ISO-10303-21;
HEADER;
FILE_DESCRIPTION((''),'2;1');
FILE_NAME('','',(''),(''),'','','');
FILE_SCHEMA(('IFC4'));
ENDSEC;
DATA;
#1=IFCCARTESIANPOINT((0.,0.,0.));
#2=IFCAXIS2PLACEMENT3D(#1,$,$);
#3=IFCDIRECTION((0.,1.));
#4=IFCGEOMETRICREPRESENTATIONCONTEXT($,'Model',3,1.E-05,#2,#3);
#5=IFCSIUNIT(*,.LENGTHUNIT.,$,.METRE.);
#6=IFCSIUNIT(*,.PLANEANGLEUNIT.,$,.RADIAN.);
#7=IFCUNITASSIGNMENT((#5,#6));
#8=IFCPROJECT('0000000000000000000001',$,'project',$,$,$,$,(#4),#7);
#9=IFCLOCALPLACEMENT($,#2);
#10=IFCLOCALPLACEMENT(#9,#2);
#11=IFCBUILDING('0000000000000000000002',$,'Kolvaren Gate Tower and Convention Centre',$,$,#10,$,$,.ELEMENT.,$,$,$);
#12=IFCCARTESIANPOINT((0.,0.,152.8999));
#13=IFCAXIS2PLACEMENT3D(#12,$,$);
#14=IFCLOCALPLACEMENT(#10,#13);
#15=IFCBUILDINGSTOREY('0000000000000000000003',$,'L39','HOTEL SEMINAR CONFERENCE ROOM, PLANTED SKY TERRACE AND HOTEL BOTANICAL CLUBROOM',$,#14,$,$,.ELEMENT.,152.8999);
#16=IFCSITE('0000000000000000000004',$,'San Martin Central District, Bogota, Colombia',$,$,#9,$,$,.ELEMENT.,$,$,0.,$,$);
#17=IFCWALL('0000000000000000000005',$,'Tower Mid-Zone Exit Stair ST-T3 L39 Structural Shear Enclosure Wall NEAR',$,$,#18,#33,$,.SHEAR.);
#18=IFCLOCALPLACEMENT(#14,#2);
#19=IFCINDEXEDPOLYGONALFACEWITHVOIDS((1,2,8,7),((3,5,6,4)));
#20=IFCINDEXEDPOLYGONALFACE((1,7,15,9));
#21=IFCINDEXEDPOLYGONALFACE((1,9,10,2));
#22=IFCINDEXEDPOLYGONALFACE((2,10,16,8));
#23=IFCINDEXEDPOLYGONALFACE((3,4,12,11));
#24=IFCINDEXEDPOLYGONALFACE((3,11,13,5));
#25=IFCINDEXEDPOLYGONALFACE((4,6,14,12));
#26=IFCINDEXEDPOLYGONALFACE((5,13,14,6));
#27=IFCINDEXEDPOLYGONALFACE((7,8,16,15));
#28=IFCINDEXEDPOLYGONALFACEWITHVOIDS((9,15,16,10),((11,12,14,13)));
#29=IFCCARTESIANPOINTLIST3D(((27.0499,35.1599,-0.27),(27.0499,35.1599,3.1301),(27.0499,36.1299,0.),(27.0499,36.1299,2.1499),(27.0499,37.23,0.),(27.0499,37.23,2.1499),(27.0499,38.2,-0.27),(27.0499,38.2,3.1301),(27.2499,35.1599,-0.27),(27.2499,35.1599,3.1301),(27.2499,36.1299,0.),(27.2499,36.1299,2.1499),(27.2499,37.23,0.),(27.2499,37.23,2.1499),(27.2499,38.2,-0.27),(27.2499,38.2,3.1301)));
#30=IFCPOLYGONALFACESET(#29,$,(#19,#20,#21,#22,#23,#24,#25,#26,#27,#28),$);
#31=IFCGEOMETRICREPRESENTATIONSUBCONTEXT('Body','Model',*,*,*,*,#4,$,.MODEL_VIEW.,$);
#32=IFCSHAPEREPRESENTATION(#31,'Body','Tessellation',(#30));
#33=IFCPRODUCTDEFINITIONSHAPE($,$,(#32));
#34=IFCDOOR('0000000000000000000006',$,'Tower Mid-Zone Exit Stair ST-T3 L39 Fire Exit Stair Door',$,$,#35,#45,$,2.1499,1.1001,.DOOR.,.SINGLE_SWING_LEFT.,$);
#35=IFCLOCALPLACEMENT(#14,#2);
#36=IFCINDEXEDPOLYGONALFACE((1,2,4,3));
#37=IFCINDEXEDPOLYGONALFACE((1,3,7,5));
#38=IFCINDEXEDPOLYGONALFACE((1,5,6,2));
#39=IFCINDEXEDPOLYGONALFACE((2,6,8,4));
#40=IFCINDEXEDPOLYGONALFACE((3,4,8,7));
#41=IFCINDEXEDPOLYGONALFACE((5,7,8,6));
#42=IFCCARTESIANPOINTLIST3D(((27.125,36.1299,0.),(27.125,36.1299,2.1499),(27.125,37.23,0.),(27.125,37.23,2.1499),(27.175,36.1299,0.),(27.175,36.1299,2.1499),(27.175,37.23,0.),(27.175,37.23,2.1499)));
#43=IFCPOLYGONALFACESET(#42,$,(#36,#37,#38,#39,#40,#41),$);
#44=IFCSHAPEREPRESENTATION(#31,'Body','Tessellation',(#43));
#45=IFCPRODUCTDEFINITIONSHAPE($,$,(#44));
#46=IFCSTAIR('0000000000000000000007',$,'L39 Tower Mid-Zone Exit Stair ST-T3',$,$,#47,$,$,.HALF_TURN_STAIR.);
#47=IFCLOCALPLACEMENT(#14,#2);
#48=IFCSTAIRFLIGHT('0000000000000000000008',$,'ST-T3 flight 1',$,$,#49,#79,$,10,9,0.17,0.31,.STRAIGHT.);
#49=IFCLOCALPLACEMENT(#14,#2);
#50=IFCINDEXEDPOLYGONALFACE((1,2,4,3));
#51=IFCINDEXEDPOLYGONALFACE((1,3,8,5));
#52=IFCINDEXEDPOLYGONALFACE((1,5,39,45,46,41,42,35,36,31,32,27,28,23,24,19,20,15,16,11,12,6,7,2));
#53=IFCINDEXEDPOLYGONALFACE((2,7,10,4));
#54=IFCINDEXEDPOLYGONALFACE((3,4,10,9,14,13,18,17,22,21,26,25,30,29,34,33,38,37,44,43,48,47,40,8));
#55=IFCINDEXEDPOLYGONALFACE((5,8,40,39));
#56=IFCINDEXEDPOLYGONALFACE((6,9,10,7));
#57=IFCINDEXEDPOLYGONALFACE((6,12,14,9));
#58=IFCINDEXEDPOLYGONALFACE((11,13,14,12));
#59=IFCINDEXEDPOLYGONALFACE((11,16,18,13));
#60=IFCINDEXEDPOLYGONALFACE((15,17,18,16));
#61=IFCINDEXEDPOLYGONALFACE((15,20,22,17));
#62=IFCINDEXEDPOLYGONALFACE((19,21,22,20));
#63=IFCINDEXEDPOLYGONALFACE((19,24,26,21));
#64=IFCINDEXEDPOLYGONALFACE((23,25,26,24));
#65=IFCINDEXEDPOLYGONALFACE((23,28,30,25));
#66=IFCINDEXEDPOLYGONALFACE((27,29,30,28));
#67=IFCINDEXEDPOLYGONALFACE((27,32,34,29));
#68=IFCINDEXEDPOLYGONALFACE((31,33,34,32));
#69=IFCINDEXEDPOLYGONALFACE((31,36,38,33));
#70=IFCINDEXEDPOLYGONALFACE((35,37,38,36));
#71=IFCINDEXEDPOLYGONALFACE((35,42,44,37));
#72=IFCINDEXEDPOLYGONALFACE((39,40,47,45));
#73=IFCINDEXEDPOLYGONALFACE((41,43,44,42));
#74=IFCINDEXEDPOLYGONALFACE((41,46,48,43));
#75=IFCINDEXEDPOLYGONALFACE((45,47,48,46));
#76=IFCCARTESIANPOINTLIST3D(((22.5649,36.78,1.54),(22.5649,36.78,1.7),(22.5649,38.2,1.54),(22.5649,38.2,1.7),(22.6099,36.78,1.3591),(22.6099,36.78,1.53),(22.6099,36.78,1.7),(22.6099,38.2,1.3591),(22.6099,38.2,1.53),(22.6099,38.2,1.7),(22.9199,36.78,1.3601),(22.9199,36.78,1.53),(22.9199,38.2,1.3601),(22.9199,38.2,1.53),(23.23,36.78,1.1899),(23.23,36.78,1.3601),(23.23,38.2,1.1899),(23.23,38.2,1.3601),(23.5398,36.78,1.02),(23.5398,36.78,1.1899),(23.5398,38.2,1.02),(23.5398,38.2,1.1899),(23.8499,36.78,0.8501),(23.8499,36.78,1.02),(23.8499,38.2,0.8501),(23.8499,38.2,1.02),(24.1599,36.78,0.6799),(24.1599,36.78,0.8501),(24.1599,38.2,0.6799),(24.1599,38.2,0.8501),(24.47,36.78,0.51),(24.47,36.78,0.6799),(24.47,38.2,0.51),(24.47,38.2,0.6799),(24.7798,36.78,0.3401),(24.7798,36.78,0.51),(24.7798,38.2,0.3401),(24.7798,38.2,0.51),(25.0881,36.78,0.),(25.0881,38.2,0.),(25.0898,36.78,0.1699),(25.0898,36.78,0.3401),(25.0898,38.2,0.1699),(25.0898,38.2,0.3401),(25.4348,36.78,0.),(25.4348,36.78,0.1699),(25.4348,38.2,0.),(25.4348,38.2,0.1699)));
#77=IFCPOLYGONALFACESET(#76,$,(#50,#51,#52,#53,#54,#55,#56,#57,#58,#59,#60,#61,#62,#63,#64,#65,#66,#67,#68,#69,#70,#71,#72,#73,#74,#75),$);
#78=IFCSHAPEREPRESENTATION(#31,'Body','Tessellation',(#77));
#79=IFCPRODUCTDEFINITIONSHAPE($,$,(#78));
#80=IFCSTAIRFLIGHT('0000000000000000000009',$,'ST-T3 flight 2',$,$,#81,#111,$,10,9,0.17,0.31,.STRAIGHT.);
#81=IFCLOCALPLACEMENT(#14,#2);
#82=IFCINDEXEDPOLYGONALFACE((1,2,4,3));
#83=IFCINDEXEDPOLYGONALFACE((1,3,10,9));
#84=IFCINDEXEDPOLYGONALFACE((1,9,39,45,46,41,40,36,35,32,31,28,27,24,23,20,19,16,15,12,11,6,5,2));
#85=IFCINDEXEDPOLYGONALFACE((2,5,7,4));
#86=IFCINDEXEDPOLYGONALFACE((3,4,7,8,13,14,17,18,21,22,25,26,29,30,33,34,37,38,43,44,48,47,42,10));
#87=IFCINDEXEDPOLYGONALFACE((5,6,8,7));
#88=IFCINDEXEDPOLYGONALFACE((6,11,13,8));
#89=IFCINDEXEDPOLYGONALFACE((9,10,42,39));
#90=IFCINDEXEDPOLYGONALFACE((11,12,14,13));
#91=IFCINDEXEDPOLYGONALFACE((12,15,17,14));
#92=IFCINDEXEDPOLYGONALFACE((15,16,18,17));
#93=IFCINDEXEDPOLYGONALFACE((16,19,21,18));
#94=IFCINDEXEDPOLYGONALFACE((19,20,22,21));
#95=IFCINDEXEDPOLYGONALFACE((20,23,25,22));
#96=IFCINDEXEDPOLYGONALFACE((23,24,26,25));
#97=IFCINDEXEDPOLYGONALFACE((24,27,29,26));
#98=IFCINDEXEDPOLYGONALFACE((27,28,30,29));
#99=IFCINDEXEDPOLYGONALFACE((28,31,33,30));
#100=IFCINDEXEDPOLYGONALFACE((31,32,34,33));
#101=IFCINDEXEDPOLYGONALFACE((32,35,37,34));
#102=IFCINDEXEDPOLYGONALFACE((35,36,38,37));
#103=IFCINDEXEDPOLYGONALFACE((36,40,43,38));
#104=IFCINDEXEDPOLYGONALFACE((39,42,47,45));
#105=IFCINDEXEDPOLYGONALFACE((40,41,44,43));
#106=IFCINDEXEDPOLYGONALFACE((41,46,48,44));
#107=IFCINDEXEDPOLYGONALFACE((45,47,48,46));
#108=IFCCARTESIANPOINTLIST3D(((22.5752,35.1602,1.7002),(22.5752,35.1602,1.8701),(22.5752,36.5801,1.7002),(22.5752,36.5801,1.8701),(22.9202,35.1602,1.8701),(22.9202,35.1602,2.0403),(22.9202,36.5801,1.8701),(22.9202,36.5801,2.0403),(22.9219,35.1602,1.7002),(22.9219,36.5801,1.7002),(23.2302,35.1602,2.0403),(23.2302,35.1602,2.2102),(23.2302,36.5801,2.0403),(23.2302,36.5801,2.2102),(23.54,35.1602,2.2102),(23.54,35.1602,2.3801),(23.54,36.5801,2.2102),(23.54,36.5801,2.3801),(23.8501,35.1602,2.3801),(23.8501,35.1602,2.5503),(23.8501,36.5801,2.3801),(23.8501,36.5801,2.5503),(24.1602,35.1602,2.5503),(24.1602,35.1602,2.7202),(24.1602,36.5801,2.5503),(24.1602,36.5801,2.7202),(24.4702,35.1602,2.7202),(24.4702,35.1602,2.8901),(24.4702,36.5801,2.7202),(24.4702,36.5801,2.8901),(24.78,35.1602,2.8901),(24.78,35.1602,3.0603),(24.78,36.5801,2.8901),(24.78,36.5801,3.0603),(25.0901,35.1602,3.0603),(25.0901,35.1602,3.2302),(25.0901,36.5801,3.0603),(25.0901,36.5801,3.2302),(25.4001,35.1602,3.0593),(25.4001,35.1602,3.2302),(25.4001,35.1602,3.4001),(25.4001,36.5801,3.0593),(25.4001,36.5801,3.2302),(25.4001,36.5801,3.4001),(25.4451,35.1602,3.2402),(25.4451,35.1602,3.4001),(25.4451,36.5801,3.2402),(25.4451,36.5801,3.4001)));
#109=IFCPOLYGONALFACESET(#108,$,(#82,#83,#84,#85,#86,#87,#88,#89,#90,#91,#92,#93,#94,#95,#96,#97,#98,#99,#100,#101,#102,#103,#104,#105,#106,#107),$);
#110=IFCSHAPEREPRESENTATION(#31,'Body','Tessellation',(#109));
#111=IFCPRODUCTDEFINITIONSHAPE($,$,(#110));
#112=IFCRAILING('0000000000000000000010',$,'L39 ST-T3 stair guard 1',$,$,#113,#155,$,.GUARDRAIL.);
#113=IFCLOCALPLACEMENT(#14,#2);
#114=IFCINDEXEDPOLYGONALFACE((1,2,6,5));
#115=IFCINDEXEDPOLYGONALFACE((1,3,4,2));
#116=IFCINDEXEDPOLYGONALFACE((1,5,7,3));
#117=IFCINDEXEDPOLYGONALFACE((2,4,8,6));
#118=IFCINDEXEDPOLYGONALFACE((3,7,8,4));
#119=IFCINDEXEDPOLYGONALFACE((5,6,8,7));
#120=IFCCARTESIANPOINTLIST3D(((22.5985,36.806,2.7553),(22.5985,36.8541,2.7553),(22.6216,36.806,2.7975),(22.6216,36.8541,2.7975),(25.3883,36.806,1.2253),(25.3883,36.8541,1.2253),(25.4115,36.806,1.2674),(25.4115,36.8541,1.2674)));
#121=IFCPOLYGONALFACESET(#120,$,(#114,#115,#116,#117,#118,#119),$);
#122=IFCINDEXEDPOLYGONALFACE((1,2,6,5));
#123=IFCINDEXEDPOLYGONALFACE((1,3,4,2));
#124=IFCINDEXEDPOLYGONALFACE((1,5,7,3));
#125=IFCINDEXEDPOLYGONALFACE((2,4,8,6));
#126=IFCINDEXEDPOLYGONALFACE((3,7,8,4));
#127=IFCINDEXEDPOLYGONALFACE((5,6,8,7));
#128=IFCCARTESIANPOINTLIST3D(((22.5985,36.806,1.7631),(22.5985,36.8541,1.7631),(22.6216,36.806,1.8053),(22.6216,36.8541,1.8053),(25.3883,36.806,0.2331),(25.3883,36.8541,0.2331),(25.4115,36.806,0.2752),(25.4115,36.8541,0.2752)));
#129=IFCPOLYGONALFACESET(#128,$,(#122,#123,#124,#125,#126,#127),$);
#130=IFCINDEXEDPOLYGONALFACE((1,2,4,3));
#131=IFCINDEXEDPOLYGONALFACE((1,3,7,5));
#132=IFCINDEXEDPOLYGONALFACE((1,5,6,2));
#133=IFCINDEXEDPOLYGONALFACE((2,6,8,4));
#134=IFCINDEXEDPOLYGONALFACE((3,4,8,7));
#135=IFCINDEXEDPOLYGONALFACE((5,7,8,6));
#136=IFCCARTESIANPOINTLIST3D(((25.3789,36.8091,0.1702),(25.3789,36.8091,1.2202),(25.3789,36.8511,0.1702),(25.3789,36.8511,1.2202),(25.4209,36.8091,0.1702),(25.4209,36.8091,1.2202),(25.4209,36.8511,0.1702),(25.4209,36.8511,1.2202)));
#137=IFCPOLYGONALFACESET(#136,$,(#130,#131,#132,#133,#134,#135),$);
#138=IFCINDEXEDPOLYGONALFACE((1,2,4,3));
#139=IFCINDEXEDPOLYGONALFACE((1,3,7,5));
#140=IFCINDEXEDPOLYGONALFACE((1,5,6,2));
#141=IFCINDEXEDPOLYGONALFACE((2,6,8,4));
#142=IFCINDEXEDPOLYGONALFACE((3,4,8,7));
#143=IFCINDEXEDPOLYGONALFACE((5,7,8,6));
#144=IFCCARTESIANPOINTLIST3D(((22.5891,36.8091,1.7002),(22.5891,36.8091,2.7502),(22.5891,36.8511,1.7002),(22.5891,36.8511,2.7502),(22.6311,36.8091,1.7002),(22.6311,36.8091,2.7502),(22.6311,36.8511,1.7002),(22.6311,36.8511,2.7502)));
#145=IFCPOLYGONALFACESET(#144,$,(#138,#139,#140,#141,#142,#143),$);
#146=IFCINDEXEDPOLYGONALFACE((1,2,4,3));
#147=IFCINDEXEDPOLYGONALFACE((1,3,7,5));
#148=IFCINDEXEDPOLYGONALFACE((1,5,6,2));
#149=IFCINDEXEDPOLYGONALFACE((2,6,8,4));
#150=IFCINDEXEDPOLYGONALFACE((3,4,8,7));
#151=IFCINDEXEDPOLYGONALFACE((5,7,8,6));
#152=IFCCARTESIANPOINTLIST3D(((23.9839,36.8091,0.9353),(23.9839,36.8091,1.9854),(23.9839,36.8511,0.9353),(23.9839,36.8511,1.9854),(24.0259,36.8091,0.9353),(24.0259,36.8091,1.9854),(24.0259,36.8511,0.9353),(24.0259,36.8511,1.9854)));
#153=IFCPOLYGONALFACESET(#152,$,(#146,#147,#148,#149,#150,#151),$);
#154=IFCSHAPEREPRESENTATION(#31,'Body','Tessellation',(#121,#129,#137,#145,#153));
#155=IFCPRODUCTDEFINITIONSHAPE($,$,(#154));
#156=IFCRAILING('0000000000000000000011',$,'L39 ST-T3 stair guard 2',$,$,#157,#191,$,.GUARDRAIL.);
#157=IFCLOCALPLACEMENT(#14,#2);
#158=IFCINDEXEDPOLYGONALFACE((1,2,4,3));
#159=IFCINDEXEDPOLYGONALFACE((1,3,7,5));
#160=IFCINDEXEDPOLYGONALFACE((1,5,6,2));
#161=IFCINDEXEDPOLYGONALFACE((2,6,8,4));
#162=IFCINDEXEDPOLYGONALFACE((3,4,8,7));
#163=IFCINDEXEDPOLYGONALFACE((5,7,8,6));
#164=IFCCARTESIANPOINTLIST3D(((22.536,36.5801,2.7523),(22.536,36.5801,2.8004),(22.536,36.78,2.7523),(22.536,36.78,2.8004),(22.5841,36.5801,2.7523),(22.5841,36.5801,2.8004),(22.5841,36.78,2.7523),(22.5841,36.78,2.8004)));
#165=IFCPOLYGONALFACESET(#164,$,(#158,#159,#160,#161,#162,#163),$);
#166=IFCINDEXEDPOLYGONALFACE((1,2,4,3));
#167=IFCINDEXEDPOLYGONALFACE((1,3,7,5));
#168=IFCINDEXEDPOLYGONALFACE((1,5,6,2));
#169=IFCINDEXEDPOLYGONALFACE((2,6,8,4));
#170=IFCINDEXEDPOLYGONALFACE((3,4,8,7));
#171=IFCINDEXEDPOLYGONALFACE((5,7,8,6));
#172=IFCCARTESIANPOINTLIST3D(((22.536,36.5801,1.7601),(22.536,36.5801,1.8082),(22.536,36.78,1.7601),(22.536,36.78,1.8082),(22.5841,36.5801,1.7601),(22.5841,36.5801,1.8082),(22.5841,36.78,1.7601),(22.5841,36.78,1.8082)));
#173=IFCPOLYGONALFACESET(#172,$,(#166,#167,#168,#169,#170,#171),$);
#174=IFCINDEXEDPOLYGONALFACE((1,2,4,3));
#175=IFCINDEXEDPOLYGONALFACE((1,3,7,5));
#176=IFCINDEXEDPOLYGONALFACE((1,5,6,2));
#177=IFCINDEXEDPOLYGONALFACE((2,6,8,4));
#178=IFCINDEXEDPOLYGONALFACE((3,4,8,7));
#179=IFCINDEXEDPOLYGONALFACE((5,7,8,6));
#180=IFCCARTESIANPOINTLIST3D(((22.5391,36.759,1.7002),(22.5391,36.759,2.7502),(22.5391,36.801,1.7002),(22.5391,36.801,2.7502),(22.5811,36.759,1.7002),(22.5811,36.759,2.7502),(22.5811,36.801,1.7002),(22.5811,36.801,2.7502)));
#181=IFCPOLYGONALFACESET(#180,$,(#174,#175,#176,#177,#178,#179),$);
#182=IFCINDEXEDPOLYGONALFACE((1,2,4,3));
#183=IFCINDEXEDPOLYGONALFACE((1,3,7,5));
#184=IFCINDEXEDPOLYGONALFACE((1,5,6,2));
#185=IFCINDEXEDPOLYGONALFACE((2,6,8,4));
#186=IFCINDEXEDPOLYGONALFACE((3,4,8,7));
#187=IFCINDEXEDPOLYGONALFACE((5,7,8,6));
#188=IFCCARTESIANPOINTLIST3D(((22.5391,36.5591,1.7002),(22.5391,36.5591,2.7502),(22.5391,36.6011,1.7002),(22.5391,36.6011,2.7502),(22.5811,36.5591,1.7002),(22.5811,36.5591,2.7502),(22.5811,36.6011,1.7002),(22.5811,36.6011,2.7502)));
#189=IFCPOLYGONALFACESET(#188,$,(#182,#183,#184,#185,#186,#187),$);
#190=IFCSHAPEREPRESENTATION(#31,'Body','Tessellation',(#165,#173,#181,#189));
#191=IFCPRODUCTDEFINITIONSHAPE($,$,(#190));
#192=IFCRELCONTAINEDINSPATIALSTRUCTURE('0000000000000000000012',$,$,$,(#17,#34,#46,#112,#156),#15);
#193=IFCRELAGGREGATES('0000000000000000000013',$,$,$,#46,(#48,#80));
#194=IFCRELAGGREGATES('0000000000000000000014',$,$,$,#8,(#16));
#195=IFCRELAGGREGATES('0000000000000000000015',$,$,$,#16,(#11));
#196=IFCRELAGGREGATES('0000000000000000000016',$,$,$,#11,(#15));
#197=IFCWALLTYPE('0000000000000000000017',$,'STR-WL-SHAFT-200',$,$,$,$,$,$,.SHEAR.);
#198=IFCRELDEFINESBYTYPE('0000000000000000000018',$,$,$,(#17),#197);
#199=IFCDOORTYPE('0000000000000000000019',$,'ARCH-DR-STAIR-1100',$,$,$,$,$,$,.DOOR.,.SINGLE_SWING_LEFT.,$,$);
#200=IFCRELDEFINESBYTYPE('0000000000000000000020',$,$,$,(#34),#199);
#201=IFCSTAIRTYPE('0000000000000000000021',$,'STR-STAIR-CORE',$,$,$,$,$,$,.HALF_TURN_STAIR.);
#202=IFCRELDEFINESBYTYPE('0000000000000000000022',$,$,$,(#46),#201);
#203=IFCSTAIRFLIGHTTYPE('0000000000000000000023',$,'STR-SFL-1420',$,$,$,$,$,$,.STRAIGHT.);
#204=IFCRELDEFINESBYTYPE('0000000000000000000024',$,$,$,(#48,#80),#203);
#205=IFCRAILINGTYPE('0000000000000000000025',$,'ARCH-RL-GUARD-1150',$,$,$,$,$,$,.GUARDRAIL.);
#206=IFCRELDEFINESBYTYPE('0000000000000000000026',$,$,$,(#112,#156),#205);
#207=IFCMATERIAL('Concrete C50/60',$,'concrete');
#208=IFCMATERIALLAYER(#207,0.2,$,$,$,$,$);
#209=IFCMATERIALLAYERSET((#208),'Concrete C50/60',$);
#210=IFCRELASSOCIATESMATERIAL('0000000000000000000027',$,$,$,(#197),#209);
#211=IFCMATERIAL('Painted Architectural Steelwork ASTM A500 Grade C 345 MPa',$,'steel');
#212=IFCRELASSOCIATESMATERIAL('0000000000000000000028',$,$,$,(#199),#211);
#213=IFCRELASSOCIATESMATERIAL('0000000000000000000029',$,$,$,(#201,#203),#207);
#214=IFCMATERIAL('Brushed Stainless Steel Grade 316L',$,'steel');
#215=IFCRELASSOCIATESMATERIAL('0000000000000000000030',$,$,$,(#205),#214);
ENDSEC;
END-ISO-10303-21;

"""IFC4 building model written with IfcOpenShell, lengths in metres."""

from ifc_helpers import new_model, si_unit, direction, frame, frame_2d, origin, origin_2d, place, context, subcontext, project, spatial, polyline, rectangle, outline, extrude, material, layer, layer_set, type_object, element, fill, aggregate, save


model = new_model("IFC4")

# Units and contexts
model_context = context("Model", 3, precision=1e-05, world=origin(), true_north=direction((0.0, 1.0)))
body_context = subcontext(model_context, "Body", "Model", "MODEL_VIEW")
ifc_project = project(units=[si_unit("LENGTHUNIT", "METRE"), si_unit("PLANEANGLEUNIT", "RADIAN")], contexts=[model_context])

# Site, building, storey
site_placement = place(None, origin())
site = spatial("IfcSite", under=ifc_project, at=site_placement, Name="San Martin Central District, Bogota, Colombia", CompositionType="ELEMENT", RefElevation=0.0)
building_placement = place(site_placement, origin())
building = spatial("IfcBuilding", under=site, at=building_placement, Name="Kolvaren Gate Tower and Convention Centre", CompositionType="ELEMENT")
storey_placement = place(building_placement, frame((0.0, 0.0, 152.8999)))
storey = spatial("IfcBuildingStorey", under=building, at=storey_placement, Name="L39", Description="HOTEL SEMINAR CONFERENCE ROOM, PLANTED SKY TERRACE AND HOTEL BOTANICAL CLUBROOM", CompositionType="ELEMENT", Elevation=152.8999)

# Wall, opening, door
ifc_material_1 = material(Name="Concrete C50/60", Category="concrete")
ifc_layer_1 = layer(ifc_material_1, 0.2)
ifc_layer_set_1 = layer_set([ifc_layer_1], Name="Concrete C50/60")
wall_type_1 = type_object("IfcWallType", Name="STR-WL-SHAFT-200", PredefinedType="SHEAR", material=ifc_layer_set_1)
wall_1_placement = place(storey_placement, frame((27.1499, 35.1599, -0.27), z_axis=(0.0, 0.0, 1.0), x_axis=(0.0, 1.0, 0.0)))
wall_1 = element("IfcWall", 1, at=wall_1_placement, inside=storey, type_object=wall_type_1, Name="Tower Mid-Zone Exit Stair ST-T3 L39 Structural Shear Enclosure Wall NEAR", PredefinedType="SHEAR", context=body_context, shape_type="SweptSolid", body=[
    extrude(rectangle(XDim=3.04, YDim=0.2, at=frame_2d((1.52, 0.0))), origin(), (0.0, 0.0, 1.0), 3.4001),
])
opening_1_placement = place(wall_1_placement, frame((0.97, 0.0, 0.27)))
opening_1 = element("IfcOpeningElement", 2, at=opening_1_placement, cuts=wall_1, PredefinedType="OPENING", context=body_context, shape_type="SweptSolid", body=[
    extrude(rectangle(XDim=1.1001, YDim=2.1499, at=frame_2d((0.55, 1.075))), frame((0.0, 0.1099, 0.0), z_axis=(0.0, -1.0, 0.0), x_axis=(1.0, 0.0, 0.0)), (0.0, 0.0, 1.0), 0.22),
])
ifc_material_2 = material(Name="Painted Architectural Steelwork ASTM A500 Grade C 345 MPa", Category="steel")
door_type_1 = type_object("IfcDoorType", Name="ARCH-DR-STAIR-1100", OperationType="SINGLE_SWING_LEFT", PredefinedType="DOOR", material=ifc_material_2)
door_1_placement = place(opening_1_placement, origin())
door_1 = element("IfcDoor", 3, at=door_1_placement, inside=storey, type_object=door_type_1, Name="Tower Mid-Zone Exit Stair ST-T3 L39 Fire Exit Stair Door", OperationType="SINGLE_SWING_LEFT", OverallHeight=2.1499, OverallWidth=1.1001, PredefinedType="DOOR", context=body_context, shape_type="SweptSolid", body=[
    extrude(rectangle(XDim=1.1001, YDim=2.1499, at=frame_2d((0.55, 1.075))), frame((0.0, 0.0249, 0.0), z_axis=(0.0, -1.0, 0.0), x_axis=(1.0, 0.0, 0.0)), (0.0, 0.0, 1.0), 0.05),
])
fill(opening_1, door_1)

# Stair, stair flights
stair_type = type_object("IfcStairType", Name="STR-STAIR-CORE", PredefinedType="HALF_TURN_STAIR", material=ifc_material_1)
stair_placement = place(storey_placement, origin())
stair = element("IfcStair", 4, at=stair_placement, inside=storey, type_object=stair_type, Name="L39 Tower Mid-Zone Exit Stair ST-T3", PredefinedType="HALF_TURN_STAIR")
stair_flight_type = type_object("IfcStairFlightType", Name="STR-SFL-1420", PredefinedType="STRAIGHT", material=ifc_material_1)
stair_flight_1_placement = place(storey_placement, frame((25.3999, 37.49, 0.0), z_axis=(0.0, 0.0, 1.0), x_axis=(-1.0, 0.0, 0.0)))
stair_flight_1 = element("IfcStairFlight", 5, at=stair_flight_1_placement, type_object=stair_flight_type, Name="ST-T3 flight 1", NumberOfRisers=10, NumberOfTreads=9, PredefinedType="STRAIGHT", RiserHeight=0.17, TreadLength=0.31, context=body_context, shape_type="SweptSolid", body=[
    extrude(outline(polyline([(-0.0349, 0.0), (-0.0349, 0.1699), (0.3101, 0.1699), (0.3101, 0.3401), (0.6201, 0.3401), (0.6201, 0.51), (0.9299, 0.51), (0.9299, 0.6799), (1.24, 0.6799), (1.24, 0.8501), (1.55, 0.8501), (1.55, 1.02), (1.8601, 1.02), (1.8601, 1.1899), (2.1699, 1.1899), (2.1699, 1.3601), (2.48, 1.3601), (2.48, 1.53), (2.79, 1.53), (2.79, 1.7), (2.835, 1.7), (2.835, 1.54), (2.79, 1.3591), (0.3118, 0.0), (-0.0349, 0.0)])), frame((0.0, 0.71, 0.0), z_axis=(0.0, -1.0, 0.0), x_axis=(1.0, 0.0, 0.0)), (0.0, 0.0, 1.0), 1.4199),
])
stair_flight_2_placement = place(storey_placement, frame((22.6101, 35.8701, 1.7002), z_axis=(0.0, 0.0, 1.0), x_axis=(1.0, 0.0, 0.0)))
stair_flight_2 = element("IfcStairFlight", 6, at=stair_flight_2_placement, type_object=stair_flight_type, Name="ST-T3 flight 2", NumberOfRisers=10, NumberOfTreads=9, PredefinedType="STRAIGHT", RiserHeight=0.17, TreadLength=0.31, context=body_context, shape_type="SweptSolid", body=[
    extrude(outline(polyline([(-0.0349, 0.0), (-0.0349, 0.1699), (0.3101, 0.1699), (0.3101, 0.3401), (0.6201, 0.3401), (0.6201, 0.51), (0.9299, 0.51), (0.9299, 0.6799), (1.24, 0.6799), (1.24, 0.8501), (1.55, 0.8501), (1.55, 1.02), (1.8601, 1.02), (1.8601, 1.1899), (2.1699, 1.1899), (2.1699, 1.3601), (2.48, 1.3601), (2.48, 1.53), (2.79, 1.53), (2.79, 1.7), (2.835, 1.7), (2.835, 1.54), (2.79, 1.3591), (0.3118, 0.0), (-0.0349, 0.0)])), frame((0.0, 0.71, 0.0), z_axis=(0.0, -1.0, 0.0), x_axis=(1.0, 0.0, 0.0)), (0.0, 0.0, 1.0), 1.4199),
])
aggregate(stair, [stair_flight_1, stair_flight_2])

# Railings
ifc_material_3 = material(Name="Brushed Stainless Steel Grade 316L", Category="steel")
railing_type_1 = type_object("IfcRailingType", Name="ARCH-RL-GUARD-1150", PredefinedType="GUARDRAIL", material=ifc_material_3)
railing_1_placement = place(storey_placement, frame((25.3999, 36.8301, 0.1702)))
element("IfcRailing", 7, at=railing_1_placement, inside=storey, type_object=railing_type_1, Name="L39 ST-T3 stair guard 1", PredefinedType="GUARDRAIL", context=body_context, shape_type="SweptSolid", body=[
    extrude(rectangle(XDim=0.0481, YDim=0.0481, at=origin_2d()), frame((0.0, 0.0, 1.0762), z_axis=(-0.876794, 0.0, 0.480867), x_axis=(0.0, -1.0, 0.0)), (0.0, 0.0, 1.0), 3.1819),
    extrude(rectangle(XDim=0.0481, YDim=0.0481, at=origin_2d()), frame((0.0, 0.0, 0.084), z_axis=(-0.876794, 0.0, 0.480867), x_axis=(0.0, -1.0, 0.0)), (0.0, 0.0, 1.0), 3.1819),
    extrude(rectangle(XDim=0.042, YDim=0.042, at=origin_2d()), origin(), (0.0, 0.0, 1.0), 1.05),
    extrude(rectangle(XDim=0.042, YDim=0.042, at=origin_2d()), frame((-2.7898, 0.0, 1.53)), (0.0, 0.0, 1.0), 1.05),
    extrude(rectangle(XDim=0.042, YDim=0.042, at=origin_2d()), frame((-1.395, 0.0, 0.7651)), (0.0, 0.0, 1.0), 1.05),
])
railing_2_placement = place(storey_placement, frame((22.5601, 36.78, 1.7002)))
element("IfcRailing", 8, at=railing_2_placement, inside=storey, type_object=railing_type_1, Name="L39 ST-T3 stair guard 2", PredefinedType="GUARDRAIL", context=body_context, shape_type="SweptSolid", body=[
    extrude(rectangle(XDim=0.0481, YDim=0.0481, at=origin_2d()), frame((0.0, 0.0, 1.0762), z_axis=(0.0, -1.0, 0.0), x_axis=(1.0, 0.0, 0.0)), (0.0, 0.0, 1.0), 0.2),
    extrude(rectangle(XDim=0.0481, YDim=0.0481, at=origin_2d()), frame((0.0, 0.0, 0.084), z_axis=(0.0, -1.0, 0.0), x_axis=(1.0, 0.0, 0.0)), (0.0, 0.0, 1.0), 0.2),
    extrude(rectangle(XDim=0.042, YDim=0.042, at=origin_2d()), origin(), (0.0, 0.0, 1.0), 1.05),
    extrude(rectangle(XDim=0.042, YDim=0.042, at=origin_2d()), frame((0.0, -0.2, 0.0)), (0.0, 0.0, 1.0), 1.05),
])

save(model, "model.ifc")
